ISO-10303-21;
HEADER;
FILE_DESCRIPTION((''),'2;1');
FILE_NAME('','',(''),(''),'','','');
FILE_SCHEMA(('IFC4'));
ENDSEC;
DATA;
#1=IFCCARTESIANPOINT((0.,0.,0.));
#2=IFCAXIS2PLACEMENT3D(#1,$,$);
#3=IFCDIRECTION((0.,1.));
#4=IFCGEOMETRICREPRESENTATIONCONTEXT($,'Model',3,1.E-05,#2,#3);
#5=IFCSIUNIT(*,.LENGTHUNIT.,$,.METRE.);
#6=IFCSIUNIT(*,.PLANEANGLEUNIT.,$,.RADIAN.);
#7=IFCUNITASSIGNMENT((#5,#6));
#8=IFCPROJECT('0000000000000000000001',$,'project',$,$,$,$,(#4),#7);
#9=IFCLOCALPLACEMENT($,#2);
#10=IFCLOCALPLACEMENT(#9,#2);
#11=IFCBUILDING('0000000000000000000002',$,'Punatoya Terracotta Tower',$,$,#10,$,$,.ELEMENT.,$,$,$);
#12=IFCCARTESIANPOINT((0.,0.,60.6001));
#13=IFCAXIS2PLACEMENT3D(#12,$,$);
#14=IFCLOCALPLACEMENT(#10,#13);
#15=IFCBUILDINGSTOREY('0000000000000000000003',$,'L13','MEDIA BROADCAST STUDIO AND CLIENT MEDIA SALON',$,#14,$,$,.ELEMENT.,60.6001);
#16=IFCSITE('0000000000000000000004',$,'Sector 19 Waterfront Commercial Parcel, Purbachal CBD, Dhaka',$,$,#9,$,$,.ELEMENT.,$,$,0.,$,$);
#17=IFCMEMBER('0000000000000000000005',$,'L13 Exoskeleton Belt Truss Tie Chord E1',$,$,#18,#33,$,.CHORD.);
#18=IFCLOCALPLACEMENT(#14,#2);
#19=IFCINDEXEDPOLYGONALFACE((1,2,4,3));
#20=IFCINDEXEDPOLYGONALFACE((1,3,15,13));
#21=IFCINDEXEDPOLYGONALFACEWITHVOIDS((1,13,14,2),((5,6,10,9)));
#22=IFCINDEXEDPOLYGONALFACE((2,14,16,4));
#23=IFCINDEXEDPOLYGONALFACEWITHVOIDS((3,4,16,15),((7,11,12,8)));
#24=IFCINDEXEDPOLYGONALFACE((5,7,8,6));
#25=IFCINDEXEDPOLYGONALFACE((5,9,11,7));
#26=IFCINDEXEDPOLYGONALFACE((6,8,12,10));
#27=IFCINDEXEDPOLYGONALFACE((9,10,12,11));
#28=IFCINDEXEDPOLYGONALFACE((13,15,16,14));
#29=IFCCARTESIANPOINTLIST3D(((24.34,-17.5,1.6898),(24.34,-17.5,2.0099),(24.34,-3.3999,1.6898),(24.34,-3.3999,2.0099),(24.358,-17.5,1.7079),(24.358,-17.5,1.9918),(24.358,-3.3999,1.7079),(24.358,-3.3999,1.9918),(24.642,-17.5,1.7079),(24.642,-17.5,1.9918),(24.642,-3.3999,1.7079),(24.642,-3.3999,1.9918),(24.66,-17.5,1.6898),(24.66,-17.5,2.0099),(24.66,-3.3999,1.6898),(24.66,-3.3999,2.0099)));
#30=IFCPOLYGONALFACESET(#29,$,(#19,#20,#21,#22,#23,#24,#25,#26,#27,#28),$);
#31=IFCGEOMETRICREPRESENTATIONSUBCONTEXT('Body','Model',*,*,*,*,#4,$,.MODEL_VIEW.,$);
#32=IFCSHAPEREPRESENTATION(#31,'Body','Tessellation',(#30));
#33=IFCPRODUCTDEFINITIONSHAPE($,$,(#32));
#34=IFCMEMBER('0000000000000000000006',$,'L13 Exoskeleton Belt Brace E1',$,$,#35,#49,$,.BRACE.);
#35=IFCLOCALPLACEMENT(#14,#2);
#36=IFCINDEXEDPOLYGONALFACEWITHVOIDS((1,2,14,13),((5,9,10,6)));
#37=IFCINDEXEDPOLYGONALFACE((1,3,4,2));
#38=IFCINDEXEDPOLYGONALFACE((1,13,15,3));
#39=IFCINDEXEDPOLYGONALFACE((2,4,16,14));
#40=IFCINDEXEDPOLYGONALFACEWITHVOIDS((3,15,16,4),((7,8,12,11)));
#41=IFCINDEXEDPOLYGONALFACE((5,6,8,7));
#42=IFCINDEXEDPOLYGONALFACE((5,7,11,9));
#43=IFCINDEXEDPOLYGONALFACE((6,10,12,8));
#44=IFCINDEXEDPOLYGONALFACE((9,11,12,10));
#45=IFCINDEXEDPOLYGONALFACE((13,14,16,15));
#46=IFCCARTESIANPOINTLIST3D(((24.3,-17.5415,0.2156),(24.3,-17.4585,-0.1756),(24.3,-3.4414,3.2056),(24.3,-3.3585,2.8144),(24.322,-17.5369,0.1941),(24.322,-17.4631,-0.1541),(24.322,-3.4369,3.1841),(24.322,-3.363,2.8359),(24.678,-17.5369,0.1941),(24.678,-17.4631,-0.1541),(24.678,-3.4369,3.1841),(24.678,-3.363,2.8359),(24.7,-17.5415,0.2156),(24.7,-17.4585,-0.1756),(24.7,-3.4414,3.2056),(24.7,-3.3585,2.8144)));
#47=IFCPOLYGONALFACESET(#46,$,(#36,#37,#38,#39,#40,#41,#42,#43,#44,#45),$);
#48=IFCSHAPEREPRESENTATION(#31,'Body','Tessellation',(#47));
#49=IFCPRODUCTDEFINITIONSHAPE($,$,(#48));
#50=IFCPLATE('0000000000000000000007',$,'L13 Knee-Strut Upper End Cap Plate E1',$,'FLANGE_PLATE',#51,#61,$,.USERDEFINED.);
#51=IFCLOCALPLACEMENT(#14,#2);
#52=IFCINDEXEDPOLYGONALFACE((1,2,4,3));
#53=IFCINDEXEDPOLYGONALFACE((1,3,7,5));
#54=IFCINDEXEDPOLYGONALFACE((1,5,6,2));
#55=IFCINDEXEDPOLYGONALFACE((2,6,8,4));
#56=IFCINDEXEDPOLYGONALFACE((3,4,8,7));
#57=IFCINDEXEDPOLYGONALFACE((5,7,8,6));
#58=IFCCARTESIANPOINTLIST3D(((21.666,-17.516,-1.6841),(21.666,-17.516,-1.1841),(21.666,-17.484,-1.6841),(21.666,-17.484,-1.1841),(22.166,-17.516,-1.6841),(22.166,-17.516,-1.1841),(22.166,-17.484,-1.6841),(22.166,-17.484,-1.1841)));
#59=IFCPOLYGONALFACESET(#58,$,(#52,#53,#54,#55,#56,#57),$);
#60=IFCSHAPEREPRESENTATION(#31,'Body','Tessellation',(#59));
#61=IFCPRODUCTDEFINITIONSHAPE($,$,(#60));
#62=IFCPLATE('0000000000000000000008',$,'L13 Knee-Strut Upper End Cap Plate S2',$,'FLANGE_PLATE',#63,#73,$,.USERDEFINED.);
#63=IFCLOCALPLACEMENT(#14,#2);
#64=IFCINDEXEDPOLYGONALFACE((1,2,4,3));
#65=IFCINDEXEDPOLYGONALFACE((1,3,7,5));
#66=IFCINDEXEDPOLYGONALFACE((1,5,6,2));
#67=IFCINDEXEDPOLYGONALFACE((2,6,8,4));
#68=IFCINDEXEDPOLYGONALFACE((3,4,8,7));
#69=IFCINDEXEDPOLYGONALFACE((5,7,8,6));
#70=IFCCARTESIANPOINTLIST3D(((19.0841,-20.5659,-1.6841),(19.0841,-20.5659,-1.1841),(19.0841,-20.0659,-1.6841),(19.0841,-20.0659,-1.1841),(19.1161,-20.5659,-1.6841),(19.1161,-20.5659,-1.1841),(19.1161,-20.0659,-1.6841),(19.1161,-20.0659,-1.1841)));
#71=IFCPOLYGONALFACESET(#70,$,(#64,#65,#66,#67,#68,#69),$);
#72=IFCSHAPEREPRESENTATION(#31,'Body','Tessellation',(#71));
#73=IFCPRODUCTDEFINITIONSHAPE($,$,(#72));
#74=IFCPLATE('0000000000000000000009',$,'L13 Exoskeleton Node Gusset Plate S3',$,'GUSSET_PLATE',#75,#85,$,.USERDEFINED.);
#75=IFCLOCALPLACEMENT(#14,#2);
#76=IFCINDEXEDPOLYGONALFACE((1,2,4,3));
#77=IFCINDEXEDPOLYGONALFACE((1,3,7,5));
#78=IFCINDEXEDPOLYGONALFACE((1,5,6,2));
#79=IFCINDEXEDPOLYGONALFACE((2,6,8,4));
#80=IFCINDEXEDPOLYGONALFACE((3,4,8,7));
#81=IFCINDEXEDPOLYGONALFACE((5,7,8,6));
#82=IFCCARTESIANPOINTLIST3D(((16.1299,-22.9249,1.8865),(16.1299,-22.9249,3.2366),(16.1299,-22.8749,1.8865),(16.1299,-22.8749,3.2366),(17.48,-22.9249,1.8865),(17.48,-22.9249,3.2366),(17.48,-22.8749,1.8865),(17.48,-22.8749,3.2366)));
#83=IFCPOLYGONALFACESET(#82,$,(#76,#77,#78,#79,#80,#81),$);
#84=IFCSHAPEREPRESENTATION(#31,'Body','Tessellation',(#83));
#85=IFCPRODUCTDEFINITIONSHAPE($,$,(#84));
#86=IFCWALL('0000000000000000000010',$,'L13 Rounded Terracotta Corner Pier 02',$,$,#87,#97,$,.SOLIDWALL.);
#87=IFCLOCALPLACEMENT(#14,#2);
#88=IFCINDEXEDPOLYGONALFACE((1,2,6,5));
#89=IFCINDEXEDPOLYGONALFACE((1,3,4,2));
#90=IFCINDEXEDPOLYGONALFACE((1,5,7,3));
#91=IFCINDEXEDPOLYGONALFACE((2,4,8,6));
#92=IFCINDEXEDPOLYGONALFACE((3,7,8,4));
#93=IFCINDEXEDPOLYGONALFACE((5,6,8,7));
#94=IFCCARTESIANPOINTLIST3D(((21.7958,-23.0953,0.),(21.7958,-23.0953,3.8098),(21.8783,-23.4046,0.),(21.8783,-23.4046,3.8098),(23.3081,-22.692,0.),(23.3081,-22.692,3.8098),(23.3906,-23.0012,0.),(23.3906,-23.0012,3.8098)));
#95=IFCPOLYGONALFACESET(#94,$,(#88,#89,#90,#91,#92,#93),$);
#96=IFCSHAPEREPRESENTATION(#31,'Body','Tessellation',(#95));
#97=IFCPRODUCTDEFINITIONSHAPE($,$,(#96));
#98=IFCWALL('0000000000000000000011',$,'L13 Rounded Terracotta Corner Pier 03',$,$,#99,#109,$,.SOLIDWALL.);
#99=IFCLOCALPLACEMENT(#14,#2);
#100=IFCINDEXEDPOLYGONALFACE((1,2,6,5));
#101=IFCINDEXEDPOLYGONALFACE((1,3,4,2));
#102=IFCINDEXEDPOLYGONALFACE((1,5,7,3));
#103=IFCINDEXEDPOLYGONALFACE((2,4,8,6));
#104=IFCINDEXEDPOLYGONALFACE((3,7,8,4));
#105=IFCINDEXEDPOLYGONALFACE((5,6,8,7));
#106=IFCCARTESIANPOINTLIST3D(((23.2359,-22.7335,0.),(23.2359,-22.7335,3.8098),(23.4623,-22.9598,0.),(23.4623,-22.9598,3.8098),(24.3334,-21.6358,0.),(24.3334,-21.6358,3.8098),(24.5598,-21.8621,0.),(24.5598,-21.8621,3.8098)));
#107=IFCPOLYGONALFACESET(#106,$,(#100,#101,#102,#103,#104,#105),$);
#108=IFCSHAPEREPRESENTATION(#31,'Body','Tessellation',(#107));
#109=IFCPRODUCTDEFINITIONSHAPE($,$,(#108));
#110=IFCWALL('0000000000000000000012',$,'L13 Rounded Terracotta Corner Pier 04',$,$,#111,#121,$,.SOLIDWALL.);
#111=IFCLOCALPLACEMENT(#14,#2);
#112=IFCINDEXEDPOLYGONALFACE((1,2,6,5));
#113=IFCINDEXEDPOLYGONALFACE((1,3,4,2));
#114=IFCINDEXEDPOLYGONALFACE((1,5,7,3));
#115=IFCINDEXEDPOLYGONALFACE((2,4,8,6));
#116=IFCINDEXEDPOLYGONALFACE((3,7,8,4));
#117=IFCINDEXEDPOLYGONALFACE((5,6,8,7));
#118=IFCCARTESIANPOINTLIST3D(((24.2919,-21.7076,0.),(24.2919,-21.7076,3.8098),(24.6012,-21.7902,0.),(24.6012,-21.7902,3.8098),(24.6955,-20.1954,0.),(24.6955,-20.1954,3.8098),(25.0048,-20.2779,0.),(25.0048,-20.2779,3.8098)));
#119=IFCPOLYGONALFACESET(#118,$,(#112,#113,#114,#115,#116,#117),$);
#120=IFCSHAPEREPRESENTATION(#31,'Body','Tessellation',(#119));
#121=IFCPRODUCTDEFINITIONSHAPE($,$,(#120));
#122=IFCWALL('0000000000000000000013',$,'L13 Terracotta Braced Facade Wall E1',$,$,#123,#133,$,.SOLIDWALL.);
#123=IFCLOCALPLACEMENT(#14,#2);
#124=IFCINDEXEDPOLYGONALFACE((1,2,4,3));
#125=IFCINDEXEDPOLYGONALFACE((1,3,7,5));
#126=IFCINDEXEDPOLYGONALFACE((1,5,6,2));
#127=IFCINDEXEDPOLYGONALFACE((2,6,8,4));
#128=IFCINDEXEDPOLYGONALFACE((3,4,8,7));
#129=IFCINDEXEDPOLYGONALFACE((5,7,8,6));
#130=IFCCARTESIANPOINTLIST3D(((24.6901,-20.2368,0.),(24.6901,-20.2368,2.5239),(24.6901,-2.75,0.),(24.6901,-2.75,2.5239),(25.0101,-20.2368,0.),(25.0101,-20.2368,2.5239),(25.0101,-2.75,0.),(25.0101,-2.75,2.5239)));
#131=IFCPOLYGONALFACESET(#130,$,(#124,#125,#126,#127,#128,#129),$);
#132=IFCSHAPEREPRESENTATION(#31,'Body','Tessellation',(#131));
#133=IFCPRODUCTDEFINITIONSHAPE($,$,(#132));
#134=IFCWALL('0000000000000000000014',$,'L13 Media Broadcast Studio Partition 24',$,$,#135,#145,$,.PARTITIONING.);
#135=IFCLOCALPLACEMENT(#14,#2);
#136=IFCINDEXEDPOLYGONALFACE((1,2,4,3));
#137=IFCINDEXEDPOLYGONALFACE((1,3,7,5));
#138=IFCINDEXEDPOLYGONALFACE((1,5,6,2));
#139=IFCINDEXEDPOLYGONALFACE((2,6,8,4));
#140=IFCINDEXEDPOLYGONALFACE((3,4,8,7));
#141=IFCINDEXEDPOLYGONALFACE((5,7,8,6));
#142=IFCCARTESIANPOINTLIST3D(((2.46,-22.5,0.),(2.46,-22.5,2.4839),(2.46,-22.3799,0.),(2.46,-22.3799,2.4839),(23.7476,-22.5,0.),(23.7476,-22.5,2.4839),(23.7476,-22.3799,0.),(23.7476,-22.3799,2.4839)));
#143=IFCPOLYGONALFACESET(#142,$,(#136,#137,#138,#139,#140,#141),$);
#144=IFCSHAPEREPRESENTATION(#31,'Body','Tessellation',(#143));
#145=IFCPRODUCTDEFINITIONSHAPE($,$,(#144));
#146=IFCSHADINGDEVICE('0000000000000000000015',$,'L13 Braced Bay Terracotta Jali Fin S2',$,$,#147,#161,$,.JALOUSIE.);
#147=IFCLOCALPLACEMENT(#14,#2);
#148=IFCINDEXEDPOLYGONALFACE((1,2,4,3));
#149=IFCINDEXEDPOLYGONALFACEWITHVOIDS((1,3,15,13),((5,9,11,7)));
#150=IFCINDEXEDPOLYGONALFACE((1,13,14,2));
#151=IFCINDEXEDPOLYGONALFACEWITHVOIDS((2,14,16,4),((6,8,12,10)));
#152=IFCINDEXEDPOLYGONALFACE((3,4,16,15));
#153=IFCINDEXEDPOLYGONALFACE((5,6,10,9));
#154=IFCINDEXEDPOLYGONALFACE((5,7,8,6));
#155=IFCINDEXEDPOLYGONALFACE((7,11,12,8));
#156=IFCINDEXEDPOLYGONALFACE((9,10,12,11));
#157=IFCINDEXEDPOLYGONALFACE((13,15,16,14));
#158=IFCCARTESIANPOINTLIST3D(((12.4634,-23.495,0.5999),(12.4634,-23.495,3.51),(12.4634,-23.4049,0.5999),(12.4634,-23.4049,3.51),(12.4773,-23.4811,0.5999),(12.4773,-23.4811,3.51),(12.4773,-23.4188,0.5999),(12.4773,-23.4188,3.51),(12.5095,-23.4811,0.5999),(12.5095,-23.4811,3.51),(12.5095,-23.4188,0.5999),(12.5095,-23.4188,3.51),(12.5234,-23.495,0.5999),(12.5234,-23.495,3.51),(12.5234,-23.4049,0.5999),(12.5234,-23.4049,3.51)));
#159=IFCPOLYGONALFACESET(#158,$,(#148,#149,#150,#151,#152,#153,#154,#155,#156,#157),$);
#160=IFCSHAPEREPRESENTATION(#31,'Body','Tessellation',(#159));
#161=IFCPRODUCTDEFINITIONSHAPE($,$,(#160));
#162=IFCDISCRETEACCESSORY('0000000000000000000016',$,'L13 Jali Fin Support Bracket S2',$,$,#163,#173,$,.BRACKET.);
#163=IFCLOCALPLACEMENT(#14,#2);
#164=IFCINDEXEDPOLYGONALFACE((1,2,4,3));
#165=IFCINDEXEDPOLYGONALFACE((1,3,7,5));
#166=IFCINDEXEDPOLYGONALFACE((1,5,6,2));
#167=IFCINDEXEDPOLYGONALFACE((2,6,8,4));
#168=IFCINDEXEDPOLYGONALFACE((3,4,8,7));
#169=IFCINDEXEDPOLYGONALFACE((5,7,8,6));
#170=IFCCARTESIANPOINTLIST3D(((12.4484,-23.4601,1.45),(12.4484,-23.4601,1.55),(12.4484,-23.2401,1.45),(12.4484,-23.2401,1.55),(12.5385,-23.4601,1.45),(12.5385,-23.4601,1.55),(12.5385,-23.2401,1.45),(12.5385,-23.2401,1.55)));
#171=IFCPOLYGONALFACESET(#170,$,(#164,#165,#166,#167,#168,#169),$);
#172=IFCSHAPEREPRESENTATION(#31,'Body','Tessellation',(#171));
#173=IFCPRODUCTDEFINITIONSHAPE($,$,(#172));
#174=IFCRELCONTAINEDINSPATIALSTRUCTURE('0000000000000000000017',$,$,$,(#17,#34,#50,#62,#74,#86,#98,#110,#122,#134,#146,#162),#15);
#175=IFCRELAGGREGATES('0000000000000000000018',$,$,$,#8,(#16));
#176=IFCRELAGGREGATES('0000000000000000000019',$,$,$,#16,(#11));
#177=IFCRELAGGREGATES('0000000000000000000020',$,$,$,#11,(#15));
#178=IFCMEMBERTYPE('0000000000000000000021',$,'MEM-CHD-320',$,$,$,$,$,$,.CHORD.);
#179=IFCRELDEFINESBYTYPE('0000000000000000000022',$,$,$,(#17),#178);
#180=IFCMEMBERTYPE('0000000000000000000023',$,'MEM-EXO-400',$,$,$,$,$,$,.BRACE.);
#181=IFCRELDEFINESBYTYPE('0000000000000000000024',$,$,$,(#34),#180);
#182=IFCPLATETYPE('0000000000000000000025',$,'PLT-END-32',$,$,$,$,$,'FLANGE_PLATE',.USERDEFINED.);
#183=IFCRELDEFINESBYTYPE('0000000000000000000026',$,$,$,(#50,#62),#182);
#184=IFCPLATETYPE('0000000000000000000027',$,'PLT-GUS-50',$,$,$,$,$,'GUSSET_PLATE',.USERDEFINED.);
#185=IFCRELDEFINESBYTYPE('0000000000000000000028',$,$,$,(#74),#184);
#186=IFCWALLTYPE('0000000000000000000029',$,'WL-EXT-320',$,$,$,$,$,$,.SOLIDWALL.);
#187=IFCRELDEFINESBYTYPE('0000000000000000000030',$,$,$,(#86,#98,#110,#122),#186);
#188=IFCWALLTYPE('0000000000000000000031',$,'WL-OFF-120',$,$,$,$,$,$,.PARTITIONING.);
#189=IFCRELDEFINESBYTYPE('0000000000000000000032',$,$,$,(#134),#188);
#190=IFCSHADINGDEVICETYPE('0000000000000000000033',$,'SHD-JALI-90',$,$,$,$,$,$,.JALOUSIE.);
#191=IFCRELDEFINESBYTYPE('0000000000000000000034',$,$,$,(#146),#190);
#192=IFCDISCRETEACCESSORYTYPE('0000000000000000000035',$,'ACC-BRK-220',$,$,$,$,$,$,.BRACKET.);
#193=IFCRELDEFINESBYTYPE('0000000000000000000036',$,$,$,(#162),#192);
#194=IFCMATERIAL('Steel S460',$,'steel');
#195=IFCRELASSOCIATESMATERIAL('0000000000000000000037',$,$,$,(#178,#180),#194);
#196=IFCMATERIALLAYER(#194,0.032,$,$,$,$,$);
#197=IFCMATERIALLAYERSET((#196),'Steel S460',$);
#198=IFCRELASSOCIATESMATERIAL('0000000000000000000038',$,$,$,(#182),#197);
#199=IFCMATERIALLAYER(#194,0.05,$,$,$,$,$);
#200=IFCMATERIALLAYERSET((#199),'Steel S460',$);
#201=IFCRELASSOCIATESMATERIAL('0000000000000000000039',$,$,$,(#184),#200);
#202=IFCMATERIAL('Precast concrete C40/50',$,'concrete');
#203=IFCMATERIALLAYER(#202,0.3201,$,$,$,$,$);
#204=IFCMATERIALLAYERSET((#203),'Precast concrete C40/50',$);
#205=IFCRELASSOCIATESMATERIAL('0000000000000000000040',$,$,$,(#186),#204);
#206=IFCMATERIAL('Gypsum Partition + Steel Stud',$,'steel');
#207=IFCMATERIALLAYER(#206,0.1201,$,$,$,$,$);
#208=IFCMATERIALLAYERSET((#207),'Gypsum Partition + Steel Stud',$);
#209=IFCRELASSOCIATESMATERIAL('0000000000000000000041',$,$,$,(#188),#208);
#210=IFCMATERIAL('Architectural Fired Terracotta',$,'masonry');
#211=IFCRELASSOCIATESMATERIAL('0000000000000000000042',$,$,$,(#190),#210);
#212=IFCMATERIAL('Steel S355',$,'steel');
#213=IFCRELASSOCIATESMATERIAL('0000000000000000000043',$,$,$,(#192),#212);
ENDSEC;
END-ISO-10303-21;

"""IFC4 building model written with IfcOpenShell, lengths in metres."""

from ifc_helpers import new_model, si_unit, direction, frame, frame_2d, origin, origin_2d, place, context, subcontext, project, spatial, rectangle, hollow_rectangle, extrude, material, layer, layer_set, material_profile, profile_set, type_object, element, save


model = new_model("IFC4")

# Units and contexts
model_context = context("Model", 3, precision=1e-05, world=origin(), true_north=direction((0.0, 1.0)))
body_context = subcontext(model_context, "Body", "Model", "MODEL_VIEW")
ifc_project = project(units=[si_unit("LENGTHUNIT", "METRE"), si_unit("PLANEANGLEUNIT", "RADIAN")], contexts=[model_context])

# Site, building, storey
site_placement = place(None, origin())
site = spatial("IfcSite", under=ifc_project, at=site_placement, Name="Sector 19 Waterfront Commercial Parcel, Purbachal CBD, Dhaka", CompositionType="ELEMENT", RefElevation=0.0)
building_placement = place(site_placement, origin())
building = spatial("IfcBuilding", under=site, at=building_placement, Name="Punatoya Terracotta Tower", CompositionType="ELEMENT")
storey_placement = place(building_placement, frame((0.0, 0.0, 60.6001)))
storey = spatial("IfcBuildingStorey", under=building, at=storey_placement, Name="L13", Description="MEDIA BROADCAST STUDIO AND CLIENT MEDIA SALON", CompositionType="ELEMENT", Elevation=60.6001)

# Shared definitions
ifc_material_1 = material(Name="Steel S460", Category="steel")

# Shared definitions
ifc_material_2 = material(Name="Steel S355", Category="steel")

# Members
ifc_material_profile_1 = material_profile(ifc_material_1, hollow_rectangle(XDim=0.3201, YDim=0.3201, WallThickness=0.0181, at=origin_2d()))
ifc_profile_set_1 = profile_set([ifc_material_profile_1], Name="Steel S460")
member_type_1 = type_object("IfcMemberType", Name="MEM-CHD-320", PredefinedType="CHORD", material=ifc_profile_set_1)
member_1_placement = place(storey_placement, frame((24.5, -17.5, 1.8499), z_axis=(0.0, 1.0, 0.0), x_axis=(-1.0, 0.0, 0.0)))
element("IfcMember", 1, at=member_1_placement, inside=storey, type_object=member_type_1, Name="L13 Exoskeleton Belt Truss Tie Chord E1", PredefinedType="CHORD", context=body_context, shape_type="SweptSolid", body=[
    extrude(hollow_rectangle(XDim=0.3201, YDim=0.3201, WallThickness=0.0181, at=origin_2d()), origin(), (0.0, 0.0, 1.0), 14.1001),
])
ifc_material_profile_2 = material_profile(ifc_material_1, hollow_rectangle(XDim=0.3999, YDim=0.3999, WallThickness=0.022, at=origin_2d()))
ifc_profile_set_2 = profile_set([ifc_material_profile_2], Name="Steel S460")
member_type_2 = type_object("IfcMemberType", Name="MEM-EXO-400", PredefinedType="BRACE", material=ifc_profile_set_2)
member_2_placement = place(storey_placement, frame((24.5, -17.5, 0.02), z_axis=(0.0, 0.978247, 0.207442), x_axis=(-1.0, 0.0, 0.0)))
element("IfcMember", 2, at=member_2_placement, inside=storey, type_object=member_type_2, Name="L13 Exoskeleton Belt Brace E1", PredefinedType="BRACE", context=body_context, shape_type="SweptSolid", body=[
    extrude(hollow_rectangle(XDim=0.3999, YDim=0.3999, WallThickness=0.022, at=origin_2d()), origin(), (0.0, 0.0, 1.0), 14.4136),
])

# Plates
ifc_layer_1 = layer(ifc_material_1, 0.032)
ifc_layer_set_1 = layer_set([ifc_layer_1], Name="Steel S460")
plate_type_1 = type_object("IfcPlateType", Name="PLT-END-32", ElementType="FLANGE_PLATE", PredefinedType="USERDEFINED", material=ifc_layer_set_1)
for number, where, z_axis, x_axis, name in (
    (3, (21.916, -17.5, -1.6841), (0.0, 0.0, 1.0), (1.0, 0.0, 0.0), "L13 Knee-Strut Upper End Cap Plate E1"),
    (4, (19.1001, -20.3159, -1.6841), (0.0, 0.0, 1.0), (0.0, 1.0, 0.0), "L13 Knee-Strut Upper End Cap Plate S2"),
):
    element("IfcPlate", number, at=place(storey_placement, frame(where, z_axis=z_axis, x_axis=x_axis)), inside=storey, type_object=plate_type_1, Name=name, ObjectType="FLANGE_PLATE", PredefinedType="USERDEFINED", context=body_context, shape_type="SweptSolid", body=[
        extrude(rectangle(XDim=0.5, YDim=0.032, at=origin_2d()), origin(), (0.0, 0.0, 1.0), 0.5),
    ])
ifc_layer_2 = layer(ifc_material_1, 0.05)
ifc_layer_set_2 = layer_set([ifc_layer_2], Name="Steel S460")
plate_type_2 = type_object("IfcPlateType", Name="PLT-GUS-50", ElementType="GUSSET_PLATE", PredefinedType="USERDEFINED", material=ifc_layer_set_2)
plate_placement = place(storey_placement, frame((16.8049, -22.8999, 1.8865), z_axis=(0.0, 0.0, 1.0), x_axis=(1.0, 0.0, 0.0)))
element("IfcPlate", 5, at=plate_placement, inside=storey, type_object=plate_type_2, Name="L13 Exoskeleton Node Gusset Plate S3", ObjectType="GUSSET_PLATE", PredefinedType="USERDEFINED", context=body_context, shape_type="SweptSolid", body=[
    extrude(rectangle(XDim=1.3501, YDim=0.05, at=origin_2d()), origin(), (0.0, 0.0, 1.0), 1.3501),
])

# Walls
ifc_material_3 = material(Name="Precast concrete C40/50", Category="concrete")
ifc_layer_3 = layer(ifc_material_3, 0.3201)
ifc_layer_set_3 = layer_set([ifc_layer_3], Name="Precast concrete C40/50")
wall_type_1 = type_object("IfcWallType", Name="WL-EXT-320", PredefinedType="SOLIDWALL", material=ifc_layer_set_3)
wall_1_placement = place(storey_placement, frame((21.8369, -23.25, 0.0), z_axis=(0.0, 0.0, 1.0), x_axis=(0.966225, 0.257701, 0.0)))
element("IfcWall", 6, at=wall_1_placement, inside=storey, type_object=wall_type_1, Name="L13 Rounded Terracotta Corner Pier 02", PredefinedType="SOLIDWALL", context=body_context, shape_type="SweptSolid", body=[
    extrude(rectangle(XDim=1.5652, YDim=0.3201, at=frame_2d((0.7827, 0.0))), origin(), (0.0, 0.0, 1.0), 3.8098),
])
wall_2_placement = place(storey_placement, frame((23.3491, -22.8467, 0.0), z_axis=(0.0, 0.0, 1.0), x_axis=(0.707028, 0.707185, 0.0)))
element("IfcWall", 7, at=wall_2_placement, inside=storey, type_object=wall_type_1, Name="L13 Rounded Terracotta Corner Pier 03", PredefinedType="SOLIDWALL", context=body_context, shape_type="SweptSolid", body=[
    extrude(rectangle(XDim=1.5522, YDim=0.3201, at=frame_2d((0.7761, 0.0))), origin(), (0.0, 0.0, 1.0), 3.8098),
])
wall_3_placement = place(storey_placement, frame((24.4465, -21.749, 0.0), z_axis=(0.0, 0.0, 1.0), x_axis=(0.257847, 0.966186, 0.0)))
element("IfcWall", 8, at=wall_3_placement, inside=storey, type_object=wall_type_1, Name="L13 Rounded Terracotta Corner Pier 04", PredefinedType="SOLIDWALL", context=body_context, shape_type="SweptSolid", body=[
    extrude(rectangle(XDim=1.5652, YDim=0.3201, at=frame_2d((0.7827, 0.0))), origin(), (0.0, 0.0, 1.0), 3.8098),
])
wall_4_placement = place(storey_placement, frame((24.8501, -20.2368, 0.0), z_axis=(0.0, 0.0, 1.0), x_axis=(0.0, 1.0, 0.0)))
element("IfcWall", 9, at=wall_4_placement, inside=storey, type_object=wall_type_1, Name="L13 Terracotta Braced Facade Wall E1", PredefinedType="SOLIDWALL", context=body_context, shape_type="SweptSolid", body=[
    extrude(rectangle(XDim=17.4868, YDim=0.3201, at=frame_2d((8.7434, 0.0))), origin(), (0.0, 0.0, 1.0), 2.5239),
])
ifc_material_4 = material(Name="Gypsum Partition + Steel Stud", Category="steel")
ifc_layer_4 = layer(ifc_material_4, 0.1201)
ifc_layer_set_4 = layer_set([ifc_layer_4], Name="Gypsum Partition + Steel Stud")
wall_type_2 = type_object("IfcWallType", Name="WL-OFF-120", PredefinedType="PARTITIONING", material=ifc_layer_set_4)
wall_5_placement = place(storey_placement, frame((23.7476, -22.4399, 0.0), z_axis=(0.0, 0.0, 1.0), x_axis=(-1.0, 0.0, 0.0)))
element("IfcWall", 10, at=wall_5_placement, inside=storey, type_object=wall_type_2, Name="L13 Media Broadcast Studio Partition 24", PredefinedType="PARTITIONING", context=body_context, shape_type="SweptSolid", body=[
    extrude(rectangle(XDim=21.2876, YDim=0.1201, at=frame_2d((10.6438, 0.0))), origin(), (0.0, 0.0, 1.0), 2.4839),
])

# Shading device
ifc_material_5 = material(Name="Architectural Fired Terracotta", Category="masonry")
ifc_material_profile_3 = material_profile(ifc_material_5, hollow_rectangle(XDim=0.0601, YDim=0.0901, WallThickness=0.0139, at=origin_2d()))
ifc_profile_set_3 = profile_set([ifc_material_profile_3], Name="Architectural Fired Terracotta")
shading_device_type = type_object("IfcShadingDeviceType", Name="SHD-JALI-90", PredefinedType="JALOUSIE", material=ifc_profile_set_3)
shading_device_placement = place(storey_placement, frame((12.4934, -23.45, 0.5999), z_axis=(0.0, 0.0, 1.0), x_axis=(1.0, 0.0, 0.0)))
element("IfcShadingDevice", 11, at=shading_device_placement, inside=storey, type_object=shading_device_type, Name="L13 Braced Bay Terracotta Jali Fin S2", PredefinedType="JALOUSIE", context=body_context, shape_type="SweptSolid", body=[
    extrude(hollow_rectangle(XDim=0.0601, YDim=0.0901, WallThickness=0.0139, at=origin_2d()), origin(), (0.0, 0.0, 1.0), 2.9102),
])

# Discrete accessory
discrete_accessory_type = type_object("IfcDiscreteAccessoryType", Name="ACC-BRK-220", PredefinedType="BRACKET", material=ifc_material_2)
discrete_accessory_placement = place(storey_placement, frame((12.4934, -23.3501, 1.45), z_axis=(0.0, 0.0, 1.0), x_axis=(1.0, 0.0, 0.0)))
element("IfcDiscreteAccessory", 12, at=discrete_accessory_placement, inside=storey, type_object=discrete_accessory_type, Name="L13 Jali Fin Support Bracket S2", PredefinedType="BRACKET", context=body_context, shape_type="SweptSolid", body=[
    extrude(rectangle(XDim=0.0901, YDim=0.22, at=origin_2d()), origin(), (0.0, 0.0, 1.0), 0.1001),
])

save(model, "model.ifc")
